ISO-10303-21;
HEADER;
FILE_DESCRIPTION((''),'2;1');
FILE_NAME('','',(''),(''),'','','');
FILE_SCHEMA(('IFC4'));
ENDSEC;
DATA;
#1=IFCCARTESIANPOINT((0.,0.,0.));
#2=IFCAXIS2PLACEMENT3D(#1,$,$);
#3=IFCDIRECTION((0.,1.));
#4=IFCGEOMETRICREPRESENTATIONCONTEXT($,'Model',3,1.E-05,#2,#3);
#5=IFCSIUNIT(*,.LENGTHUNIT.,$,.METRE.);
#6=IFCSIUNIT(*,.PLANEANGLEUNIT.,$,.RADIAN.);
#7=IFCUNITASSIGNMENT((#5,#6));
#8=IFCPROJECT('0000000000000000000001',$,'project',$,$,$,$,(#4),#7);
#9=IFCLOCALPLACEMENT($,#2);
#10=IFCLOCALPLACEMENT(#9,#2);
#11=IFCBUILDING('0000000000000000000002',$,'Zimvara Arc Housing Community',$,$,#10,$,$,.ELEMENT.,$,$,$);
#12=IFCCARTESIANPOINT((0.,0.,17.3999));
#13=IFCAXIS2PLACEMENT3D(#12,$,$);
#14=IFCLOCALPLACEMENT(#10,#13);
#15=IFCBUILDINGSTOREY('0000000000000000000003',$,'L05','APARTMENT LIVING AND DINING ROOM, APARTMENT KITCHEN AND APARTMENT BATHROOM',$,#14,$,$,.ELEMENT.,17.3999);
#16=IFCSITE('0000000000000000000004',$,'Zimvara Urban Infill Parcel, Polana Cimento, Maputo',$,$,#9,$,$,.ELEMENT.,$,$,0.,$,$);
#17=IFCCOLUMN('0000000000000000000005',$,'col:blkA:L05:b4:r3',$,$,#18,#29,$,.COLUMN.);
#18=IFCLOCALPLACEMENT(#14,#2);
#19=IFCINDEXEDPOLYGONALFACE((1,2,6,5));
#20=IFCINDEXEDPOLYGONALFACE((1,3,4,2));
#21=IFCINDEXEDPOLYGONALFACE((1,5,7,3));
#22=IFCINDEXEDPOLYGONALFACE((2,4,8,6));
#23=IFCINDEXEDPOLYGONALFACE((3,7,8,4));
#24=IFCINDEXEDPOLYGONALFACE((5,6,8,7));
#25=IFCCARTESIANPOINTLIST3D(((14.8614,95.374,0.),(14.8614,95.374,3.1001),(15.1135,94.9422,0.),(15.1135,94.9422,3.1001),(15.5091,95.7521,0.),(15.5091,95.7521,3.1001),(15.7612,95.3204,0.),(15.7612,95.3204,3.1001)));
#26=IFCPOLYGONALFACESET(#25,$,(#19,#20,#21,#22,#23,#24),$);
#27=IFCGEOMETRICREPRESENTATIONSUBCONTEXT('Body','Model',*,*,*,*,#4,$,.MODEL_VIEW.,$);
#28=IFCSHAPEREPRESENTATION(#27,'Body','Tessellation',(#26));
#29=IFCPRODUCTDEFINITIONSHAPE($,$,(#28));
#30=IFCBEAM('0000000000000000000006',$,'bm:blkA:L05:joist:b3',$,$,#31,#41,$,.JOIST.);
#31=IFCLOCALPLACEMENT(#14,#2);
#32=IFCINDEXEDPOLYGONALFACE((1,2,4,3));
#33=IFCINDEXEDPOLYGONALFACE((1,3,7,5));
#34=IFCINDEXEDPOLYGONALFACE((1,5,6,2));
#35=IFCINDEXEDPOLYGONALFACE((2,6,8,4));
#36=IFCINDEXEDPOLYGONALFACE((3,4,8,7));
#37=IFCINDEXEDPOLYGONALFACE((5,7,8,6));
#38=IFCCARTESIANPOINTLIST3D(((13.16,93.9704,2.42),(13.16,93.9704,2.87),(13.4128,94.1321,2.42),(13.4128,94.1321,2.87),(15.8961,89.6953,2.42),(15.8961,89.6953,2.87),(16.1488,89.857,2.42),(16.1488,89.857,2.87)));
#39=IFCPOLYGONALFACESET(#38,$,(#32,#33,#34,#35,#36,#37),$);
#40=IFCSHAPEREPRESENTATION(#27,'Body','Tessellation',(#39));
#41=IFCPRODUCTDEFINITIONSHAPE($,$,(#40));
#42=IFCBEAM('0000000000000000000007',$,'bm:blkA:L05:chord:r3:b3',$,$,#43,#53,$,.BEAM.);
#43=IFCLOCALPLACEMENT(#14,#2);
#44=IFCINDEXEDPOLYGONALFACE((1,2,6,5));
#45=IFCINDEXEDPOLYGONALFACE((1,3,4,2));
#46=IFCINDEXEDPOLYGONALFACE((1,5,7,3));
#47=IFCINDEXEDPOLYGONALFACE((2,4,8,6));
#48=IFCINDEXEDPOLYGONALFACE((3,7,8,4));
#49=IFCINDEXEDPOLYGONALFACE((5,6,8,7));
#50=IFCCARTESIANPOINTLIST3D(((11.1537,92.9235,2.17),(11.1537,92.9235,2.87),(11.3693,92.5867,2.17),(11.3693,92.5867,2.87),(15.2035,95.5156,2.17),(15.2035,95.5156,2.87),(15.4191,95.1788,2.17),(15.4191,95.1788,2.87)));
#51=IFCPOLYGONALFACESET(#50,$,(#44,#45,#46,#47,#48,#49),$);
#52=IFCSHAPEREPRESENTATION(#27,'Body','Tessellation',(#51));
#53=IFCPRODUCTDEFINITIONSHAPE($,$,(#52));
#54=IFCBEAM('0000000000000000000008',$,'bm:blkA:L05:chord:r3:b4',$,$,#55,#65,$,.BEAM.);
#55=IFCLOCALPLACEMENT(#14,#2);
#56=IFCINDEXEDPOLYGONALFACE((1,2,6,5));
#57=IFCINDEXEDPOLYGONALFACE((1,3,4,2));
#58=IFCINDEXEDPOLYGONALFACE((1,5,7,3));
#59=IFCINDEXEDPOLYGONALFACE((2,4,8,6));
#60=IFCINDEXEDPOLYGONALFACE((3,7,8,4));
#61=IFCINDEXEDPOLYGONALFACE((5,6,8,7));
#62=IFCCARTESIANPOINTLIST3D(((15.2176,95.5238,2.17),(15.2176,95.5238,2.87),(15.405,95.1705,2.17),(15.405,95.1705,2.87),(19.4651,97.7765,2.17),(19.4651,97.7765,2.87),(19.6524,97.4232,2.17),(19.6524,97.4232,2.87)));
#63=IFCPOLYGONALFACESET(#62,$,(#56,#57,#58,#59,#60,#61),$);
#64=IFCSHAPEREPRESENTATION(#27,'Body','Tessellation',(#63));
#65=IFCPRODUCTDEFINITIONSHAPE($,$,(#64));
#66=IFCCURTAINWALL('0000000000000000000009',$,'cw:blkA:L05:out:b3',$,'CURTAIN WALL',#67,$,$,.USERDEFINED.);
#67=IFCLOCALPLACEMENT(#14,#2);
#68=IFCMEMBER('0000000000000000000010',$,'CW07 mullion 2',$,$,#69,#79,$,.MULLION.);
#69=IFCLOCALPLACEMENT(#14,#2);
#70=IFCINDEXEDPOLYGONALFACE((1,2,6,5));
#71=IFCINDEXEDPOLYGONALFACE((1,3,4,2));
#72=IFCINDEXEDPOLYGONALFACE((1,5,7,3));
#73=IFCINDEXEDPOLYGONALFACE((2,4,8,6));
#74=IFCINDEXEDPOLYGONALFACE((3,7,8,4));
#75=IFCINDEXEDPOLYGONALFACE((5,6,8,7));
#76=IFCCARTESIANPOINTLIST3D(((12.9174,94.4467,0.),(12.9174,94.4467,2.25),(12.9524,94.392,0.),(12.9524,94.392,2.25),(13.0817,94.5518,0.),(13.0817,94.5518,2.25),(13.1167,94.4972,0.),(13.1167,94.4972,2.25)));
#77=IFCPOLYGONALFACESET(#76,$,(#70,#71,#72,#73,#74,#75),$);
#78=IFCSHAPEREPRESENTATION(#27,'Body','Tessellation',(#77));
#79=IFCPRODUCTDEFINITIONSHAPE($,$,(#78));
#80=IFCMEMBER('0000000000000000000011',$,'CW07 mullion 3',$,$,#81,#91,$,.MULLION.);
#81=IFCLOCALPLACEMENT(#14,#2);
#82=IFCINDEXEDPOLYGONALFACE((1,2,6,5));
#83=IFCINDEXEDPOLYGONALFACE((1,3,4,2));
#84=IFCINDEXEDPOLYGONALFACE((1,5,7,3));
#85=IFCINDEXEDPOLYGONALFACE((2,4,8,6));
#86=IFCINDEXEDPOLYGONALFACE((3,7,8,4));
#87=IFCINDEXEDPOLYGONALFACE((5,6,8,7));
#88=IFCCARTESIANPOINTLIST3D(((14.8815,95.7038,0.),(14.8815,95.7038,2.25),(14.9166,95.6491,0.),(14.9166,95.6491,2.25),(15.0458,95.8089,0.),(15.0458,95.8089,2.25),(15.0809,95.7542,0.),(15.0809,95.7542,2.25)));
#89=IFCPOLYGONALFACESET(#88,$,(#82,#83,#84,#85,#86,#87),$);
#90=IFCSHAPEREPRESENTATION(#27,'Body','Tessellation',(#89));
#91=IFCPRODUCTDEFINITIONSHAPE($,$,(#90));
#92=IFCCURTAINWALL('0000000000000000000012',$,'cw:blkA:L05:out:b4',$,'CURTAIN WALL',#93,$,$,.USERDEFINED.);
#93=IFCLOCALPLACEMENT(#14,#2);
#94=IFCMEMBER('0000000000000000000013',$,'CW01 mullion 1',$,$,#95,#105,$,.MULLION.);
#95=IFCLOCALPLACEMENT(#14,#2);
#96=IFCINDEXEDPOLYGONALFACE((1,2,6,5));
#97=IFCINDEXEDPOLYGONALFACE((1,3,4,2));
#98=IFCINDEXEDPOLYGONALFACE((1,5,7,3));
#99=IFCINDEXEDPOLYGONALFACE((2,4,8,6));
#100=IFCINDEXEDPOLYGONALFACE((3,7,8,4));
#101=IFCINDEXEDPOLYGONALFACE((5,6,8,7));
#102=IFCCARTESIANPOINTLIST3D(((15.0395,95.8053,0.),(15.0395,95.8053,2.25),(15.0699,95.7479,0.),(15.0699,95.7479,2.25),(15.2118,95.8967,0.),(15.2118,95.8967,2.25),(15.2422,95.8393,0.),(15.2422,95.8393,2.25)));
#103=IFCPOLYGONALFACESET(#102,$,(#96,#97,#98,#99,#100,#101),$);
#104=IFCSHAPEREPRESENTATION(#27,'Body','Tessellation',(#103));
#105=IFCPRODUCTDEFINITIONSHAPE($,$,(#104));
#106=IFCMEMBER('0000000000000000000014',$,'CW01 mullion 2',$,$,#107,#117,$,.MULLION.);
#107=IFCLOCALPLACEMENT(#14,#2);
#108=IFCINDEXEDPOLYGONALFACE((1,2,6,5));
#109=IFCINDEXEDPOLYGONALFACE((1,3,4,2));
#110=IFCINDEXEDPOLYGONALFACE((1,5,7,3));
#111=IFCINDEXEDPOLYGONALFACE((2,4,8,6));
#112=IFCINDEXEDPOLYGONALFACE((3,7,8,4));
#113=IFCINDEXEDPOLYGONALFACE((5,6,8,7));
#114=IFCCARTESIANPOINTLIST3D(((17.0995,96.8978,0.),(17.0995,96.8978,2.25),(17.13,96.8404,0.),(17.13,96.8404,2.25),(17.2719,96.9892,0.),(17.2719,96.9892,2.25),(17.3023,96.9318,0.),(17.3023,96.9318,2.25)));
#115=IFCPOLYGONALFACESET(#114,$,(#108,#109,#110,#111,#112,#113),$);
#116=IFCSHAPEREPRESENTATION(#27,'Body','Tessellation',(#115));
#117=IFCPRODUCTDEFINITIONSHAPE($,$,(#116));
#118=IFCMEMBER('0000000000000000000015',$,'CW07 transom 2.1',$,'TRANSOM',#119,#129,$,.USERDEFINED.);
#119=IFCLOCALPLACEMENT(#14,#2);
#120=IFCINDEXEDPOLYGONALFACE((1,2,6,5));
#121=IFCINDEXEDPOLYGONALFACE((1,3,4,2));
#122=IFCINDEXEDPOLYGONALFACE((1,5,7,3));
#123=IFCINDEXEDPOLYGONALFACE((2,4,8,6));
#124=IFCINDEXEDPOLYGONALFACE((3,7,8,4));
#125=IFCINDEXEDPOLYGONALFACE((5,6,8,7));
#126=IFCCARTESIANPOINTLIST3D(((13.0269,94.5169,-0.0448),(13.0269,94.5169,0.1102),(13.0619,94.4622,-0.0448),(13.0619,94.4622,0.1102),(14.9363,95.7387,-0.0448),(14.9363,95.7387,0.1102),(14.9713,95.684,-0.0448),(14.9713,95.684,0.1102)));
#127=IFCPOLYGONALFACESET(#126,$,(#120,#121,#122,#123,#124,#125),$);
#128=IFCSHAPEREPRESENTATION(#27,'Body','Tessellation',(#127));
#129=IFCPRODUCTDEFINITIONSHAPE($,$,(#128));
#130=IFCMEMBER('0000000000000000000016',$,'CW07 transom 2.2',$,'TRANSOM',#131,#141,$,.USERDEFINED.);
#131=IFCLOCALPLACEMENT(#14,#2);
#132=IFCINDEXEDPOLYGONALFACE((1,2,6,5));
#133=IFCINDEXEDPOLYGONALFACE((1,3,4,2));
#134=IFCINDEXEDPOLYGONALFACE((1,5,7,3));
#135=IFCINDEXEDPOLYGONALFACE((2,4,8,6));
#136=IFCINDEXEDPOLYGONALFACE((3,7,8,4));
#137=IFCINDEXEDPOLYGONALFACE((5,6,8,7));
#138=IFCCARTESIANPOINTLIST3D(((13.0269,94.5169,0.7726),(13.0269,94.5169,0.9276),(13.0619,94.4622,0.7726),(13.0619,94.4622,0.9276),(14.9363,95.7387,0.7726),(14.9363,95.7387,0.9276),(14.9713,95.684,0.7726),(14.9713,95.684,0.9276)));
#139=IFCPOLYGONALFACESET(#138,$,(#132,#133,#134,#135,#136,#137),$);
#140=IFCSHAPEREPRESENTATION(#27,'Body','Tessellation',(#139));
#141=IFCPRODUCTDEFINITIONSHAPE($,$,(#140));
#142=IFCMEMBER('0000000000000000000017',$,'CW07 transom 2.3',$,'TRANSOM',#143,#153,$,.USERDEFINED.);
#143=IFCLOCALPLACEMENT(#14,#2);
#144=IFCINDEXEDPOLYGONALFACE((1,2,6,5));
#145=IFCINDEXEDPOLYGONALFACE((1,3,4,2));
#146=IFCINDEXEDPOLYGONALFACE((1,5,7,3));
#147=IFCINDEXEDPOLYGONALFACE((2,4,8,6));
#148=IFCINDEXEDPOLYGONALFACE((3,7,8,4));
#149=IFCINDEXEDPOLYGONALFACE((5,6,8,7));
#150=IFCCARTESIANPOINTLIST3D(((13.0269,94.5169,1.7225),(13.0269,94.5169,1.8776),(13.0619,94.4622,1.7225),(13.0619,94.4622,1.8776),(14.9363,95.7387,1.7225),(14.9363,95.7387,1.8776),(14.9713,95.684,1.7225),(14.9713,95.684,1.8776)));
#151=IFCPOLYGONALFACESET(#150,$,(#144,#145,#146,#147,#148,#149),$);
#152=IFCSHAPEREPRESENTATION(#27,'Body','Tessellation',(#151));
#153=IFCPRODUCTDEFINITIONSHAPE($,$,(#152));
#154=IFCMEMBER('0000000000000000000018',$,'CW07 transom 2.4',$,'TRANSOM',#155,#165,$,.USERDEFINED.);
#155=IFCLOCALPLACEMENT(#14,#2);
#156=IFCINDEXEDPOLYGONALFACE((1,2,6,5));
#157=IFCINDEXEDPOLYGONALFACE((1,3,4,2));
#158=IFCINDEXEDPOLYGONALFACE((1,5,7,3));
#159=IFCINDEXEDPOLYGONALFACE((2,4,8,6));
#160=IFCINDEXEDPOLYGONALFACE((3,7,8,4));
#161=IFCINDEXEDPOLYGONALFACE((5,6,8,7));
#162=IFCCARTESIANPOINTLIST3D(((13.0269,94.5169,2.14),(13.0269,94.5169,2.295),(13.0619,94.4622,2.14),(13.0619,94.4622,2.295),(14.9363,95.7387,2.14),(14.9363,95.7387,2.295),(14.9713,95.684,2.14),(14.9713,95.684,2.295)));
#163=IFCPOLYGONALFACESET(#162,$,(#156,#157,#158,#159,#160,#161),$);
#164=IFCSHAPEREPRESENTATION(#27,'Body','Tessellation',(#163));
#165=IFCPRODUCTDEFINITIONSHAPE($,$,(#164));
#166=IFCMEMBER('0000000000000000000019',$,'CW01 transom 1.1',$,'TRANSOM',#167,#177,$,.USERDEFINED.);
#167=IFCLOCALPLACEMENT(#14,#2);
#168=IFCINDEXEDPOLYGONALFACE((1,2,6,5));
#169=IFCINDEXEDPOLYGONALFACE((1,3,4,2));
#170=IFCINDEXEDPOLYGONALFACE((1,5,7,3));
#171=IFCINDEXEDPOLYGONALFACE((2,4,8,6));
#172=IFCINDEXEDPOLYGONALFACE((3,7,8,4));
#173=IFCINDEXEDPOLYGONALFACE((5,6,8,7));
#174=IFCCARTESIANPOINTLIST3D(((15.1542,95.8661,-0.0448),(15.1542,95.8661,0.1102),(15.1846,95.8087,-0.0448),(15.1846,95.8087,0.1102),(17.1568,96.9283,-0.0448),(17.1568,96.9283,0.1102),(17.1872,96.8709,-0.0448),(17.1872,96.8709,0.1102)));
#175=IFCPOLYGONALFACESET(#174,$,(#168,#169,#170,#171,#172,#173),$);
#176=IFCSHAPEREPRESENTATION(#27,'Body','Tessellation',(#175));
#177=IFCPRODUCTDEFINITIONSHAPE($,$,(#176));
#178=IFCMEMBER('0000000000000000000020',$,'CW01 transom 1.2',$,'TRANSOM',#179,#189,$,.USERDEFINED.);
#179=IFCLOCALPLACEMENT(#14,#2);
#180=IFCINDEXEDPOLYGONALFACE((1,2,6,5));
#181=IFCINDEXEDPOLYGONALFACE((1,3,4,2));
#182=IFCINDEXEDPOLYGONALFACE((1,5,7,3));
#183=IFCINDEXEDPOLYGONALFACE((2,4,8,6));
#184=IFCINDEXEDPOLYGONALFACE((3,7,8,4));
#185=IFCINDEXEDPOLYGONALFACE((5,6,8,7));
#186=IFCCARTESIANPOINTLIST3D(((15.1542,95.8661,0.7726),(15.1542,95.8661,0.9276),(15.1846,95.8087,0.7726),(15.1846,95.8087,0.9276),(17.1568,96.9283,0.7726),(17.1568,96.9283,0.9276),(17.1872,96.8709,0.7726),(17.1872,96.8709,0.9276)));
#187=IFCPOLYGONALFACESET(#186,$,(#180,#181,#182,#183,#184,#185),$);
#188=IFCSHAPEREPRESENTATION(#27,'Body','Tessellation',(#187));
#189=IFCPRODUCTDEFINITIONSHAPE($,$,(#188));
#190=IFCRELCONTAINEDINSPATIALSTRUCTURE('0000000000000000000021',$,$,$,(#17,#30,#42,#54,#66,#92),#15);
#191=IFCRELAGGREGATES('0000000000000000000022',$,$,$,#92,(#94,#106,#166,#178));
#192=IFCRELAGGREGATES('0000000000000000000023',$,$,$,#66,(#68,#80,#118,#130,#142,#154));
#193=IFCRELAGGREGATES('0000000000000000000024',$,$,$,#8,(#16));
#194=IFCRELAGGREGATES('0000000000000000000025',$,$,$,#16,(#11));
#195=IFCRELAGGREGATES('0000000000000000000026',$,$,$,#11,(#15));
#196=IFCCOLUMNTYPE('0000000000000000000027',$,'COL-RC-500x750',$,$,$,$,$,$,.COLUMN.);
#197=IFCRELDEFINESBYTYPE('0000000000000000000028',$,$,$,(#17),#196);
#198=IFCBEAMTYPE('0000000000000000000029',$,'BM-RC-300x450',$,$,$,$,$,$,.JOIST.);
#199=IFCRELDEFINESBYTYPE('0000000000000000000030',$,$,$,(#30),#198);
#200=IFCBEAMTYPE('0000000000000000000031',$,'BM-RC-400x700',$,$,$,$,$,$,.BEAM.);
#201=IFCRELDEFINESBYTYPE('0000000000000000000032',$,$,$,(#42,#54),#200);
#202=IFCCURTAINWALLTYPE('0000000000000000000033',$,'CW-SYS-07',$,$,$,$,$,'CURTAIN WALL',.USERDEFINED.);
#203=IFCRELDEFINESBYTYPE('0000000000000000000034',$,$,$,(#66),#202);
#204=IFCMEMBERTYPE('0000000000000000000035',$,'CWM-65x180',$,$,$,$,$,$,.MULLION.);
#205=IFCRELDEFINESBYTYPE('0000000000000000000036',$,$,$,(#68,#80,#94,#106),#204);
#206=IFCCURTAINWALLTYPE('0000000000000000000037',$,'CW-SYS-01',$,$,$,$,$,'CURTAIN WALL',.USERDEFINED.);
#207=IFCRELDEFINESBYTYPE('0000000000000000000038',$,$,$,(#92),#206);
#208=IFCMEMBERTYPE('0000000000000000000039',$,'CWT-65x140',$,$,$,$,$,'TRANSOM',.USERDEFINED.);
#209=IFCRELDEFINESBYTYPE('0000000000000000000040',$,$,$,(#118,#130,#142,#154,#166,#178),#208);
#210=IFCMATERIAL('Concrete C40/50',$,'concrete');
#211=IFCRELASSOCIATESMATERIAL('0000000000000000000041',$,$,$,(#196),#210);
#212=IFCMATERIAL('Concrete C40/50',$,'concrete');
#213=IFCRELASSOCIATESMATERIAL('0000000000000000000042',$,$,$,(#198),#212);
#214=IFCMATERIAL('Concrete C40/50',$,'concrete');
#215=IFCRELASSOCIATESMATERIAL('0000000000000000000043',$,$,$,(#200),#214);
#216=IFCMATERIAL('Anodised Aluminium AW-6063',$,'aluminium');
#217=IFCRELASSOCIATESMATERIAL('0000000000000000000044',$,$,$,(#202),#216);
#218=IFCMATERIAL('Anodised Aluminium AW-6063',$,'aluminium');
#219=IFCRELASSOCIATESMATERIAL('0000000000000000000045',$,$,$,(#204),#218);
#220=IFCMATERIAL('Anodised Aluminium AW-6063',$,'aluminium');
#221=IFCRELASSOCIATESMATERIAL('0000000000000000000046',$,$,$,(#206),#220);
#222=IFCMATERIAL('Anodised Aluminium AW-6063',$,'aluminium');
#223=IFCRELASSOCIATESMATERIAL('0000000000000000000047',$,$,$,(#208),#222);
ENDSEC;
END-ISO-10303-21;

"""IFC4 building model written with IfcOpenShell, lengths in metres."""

from ifc_helpers import new_model, si_unit, direction, frame, origin, origin_2d, place, context, subcontext, project, spatial, rectangle, extrude, material, material_profile, profile_set, type_object, element, aggregate, save


model = new_model("IFC4")

# Units and contexts
model_context = context("Model", 3, precision=1e-05, world=origin(), true_north=direction((0.0, 1.0)))
body_context = subcontext(model_context, "Body", "Model", "MODEL_VIEW")
ifc_project = project(units=[si_unit("LENGTHUNIT", "METRE"), si_unit("PLANEANGLEUNIT", "RADIAN")], contexts=[model_context])

# Site, building, storey
site_placement = place(None, origin())
site = spatial("IfcSite", under=ifc_project, at=site_placement, Name="Zimvara Urban Infill Parcel, Polana Cimento, Maputo", CompositionType="ELEMENT", RefElevation=0.0)
building_placement = place(site_placement, origin())
building = spatial("IfcBuilding", under=site, at=building_placement, Name="Zimvara Arc Housing Community", CompositionType="ELEMENT")
storey_placement = place(building_placement, frame((0.0, 0.0, 17.3999)))
storey = spatial("IfcBuildingStorey", under=building, at=storey_placement, Name="L05", Description="APARTMENT LIVING AND DINING ROOM, APARTMENT KITCHEN AND APARTMENT BATHROOM", CompositionType="ELEMENT", Elevation=17.3999)

# Column
ifc_material_1 = material(Name="Concrete C40/50", Category="concrete")
ifc_material_profile_1 = material_profile(ifc_material_1, rectangle(XDim=0.5, YDim=0.75, at=origin_2d()), Name="RC 500x750")
ifc_profile_set_1 = profile_set([ifc_material_profile_1], Name="Concrete C40/50")
column_type = type_object("IfcColumnType", Name="COL-RC-500x750", PredefinedType="COLUMN", material=ifc_profile_set_1)
column_placement = place(storey_placement, frame((15.3113, 95.3472, 0.0), z_axis=(0.0, 0.0, 1.0), x_axis=(-0.504226, 0.863572, 0.0)))
element("IfcColumn", 1, at=column_placement, inside=storey, type_object=column_type, Name="col:blkA:L05:b4:r3", PredefinedType="COLUMN", context=body_context, shape_type="SweptSolid", body=[
    extrude(rectangle(XDim=0.5, YDim=0.75, at=origin_2d()), origin(), (0.0, 0.0, 1.0), 3.1001),
])

# Beams
ifc_material_2 = material(Name="Concrete C40/50", Category="concrete")
ifc_material_profile_2 = material_profile(ifc_material_2, rectangle(XDim=0.3, YDim=0.45, at=origin_2d()), Name="RC 300x450")
ifc_profile_set_2 = profile_set([ifc_material_profile_2], Name="Concrete C40/50")
beam_type_1 = type_object("IfcBeamType", Name="BM-RC-300x450", PredefinedType="JOIST", material=ifc_profile_set_2)
beam_1_placement = place(storey_placement, frame((16.0225, 89.7761, 2.645), z_axis=(-0.539052, 0.842272, 0.0), x_axis=(-0.842272, -0.539052, 0.0)))
element("IfcBeam", 2, at=beam_1_placement, inside=storey, type_object=beam_type_1, Name="bm:blkA:L05:joist:b3", PredefinedType="JOIST", context=body_context, shape_type="SweptSolid", body=[
    extrude(rectangle(XDim=0.3, YDim=0.45, at=origin_2d()), origin(), (0.0, 0.0, 1.0), 5.0757),
])
ifc_material_3 = material(Name="Concrete C40/50", Category="concrete")
ifc_material_profile_3 = material_profile(ifc_material_3, rectangle(XDim=0.3999, YDim=0.7, at=origin_2d()), Name="RC 400x700")
ifc_profile_set_3 = profile_set([ifc_material_profile_3], Name="Concrete C40/50")
beam_type_2 = type_object("IfcBeamType", Name="BM-RC-400x700", PredefinedType="BEAM", material=ifc_profile_set_3)
beam_2_placement = place(storey_placement, frame((11.2615, 92.7551, 2.52), z_axis=(0.842256, 0.539078, 0.0), x_axis=(-0.539078, 0.842256, 0.0)))
element("IfcBeam", 3, at=beam_2_placement, inside=storey, type_object=beam_type_2, Name="bm:blkA:L05:chord:r3:b3", PredefinedType="BEAM", context=body_context, shape_type="SweptSolid", body=[
    extrude(rectangle(XDim=0.3999, YDim=0.7, at=origin_2d()), origin(), (0.0, 0.0, 1.0), 4.8083),
])
beam_3_placement = place(storey_placement, frame((15.3113, 95.3472, 2.52), z_axis=(0.883446, 0.468534, 0.0), x_axis=(-0.468534, 0.883446, 0.0)))
element("IfcBeam", 4, at=beam_3_placement, inside=storey, type_object=beam_type_2, Name="bm:blkA:L05:chord:r3:b4", PredefinedType="BEAM", context=body_context, shape_type="SweptSolid", body=[
    extrude(rectangle(XDim=0.3999, YDim=0.7, at=origin_2d()), origin(), (0.0, 0.0, 1.0), 4.8079),
])

# Curtain walls, members
ifc_material_4 = material(Name="Anodised Aluminium AW-6063", Category="aluminium")
curtain_wall_type_1 = type_object("IfcCurtainWallType", Name="CW-SYS-07", ElementType="CURTAIN WALL", PredefinedType="USERDEFINED", material=ifc_material_4)
curtain_wall_1_placement = place(storey_placement, origin())
curtain_wall_1 = element("IfcCurtainWall", 5, at=curtain_wall_1_placement, inside=storey, type_object=curtain_wall_type_1, Name="cw:blkA:L05:out:b3", ObjectType="CURTAIN WALL", PredefinedType="USERDEFINED")
ifc_material_5 = material(Name="Anodised Aluminium AW-6063", Category="aluminium")
ifc_material_profile_4 = material_profile(ifc_material_5, rectangle(XDim=0.0649, YDim=0.1951, at=origin_2d()), Name="ALU 65x195")
ifc_profile_set_4 = profile_set([ifc_material_profile_4], Name="Anodised Aluminium AW-6063")
member_type_1 = type_object("IfcMemberType", Name="CWM-65x180", PredefinedType="MULLION", material=ifc_profile_set_4)
member_1_placement = place(storey_placement, frame((13.0171, 94.4719, 0.0), z_axis=(0.0, 0.0, 1.0), x_axis=(-0.539065, 0.842264, 0.0)))
member_1 = element("IfcMember", 6, at=member_1_placement, type_object=member_type_1, Name="CW07 mullion 2", PredefinedType="MULLION", context=body_context, shape_type="SweptSolid", body=[
    extrude(rectangle(XDim=0.0649, YDim=0.1951, at=origin_2d()), origin(), (0.0, 0.0, 1.0), 2.25),
])
member_2_placement = place(storey_placement, frame((14.9812, 95.729, 0.0), z_axis=(0.0, 0.0, 1.0), x_axis=(-0.539065, 0.842264, 0.0)))
member_2 = element("IfcMember", 7, at=member_2_placement, type_object=member_type_1, Name="CW07 mullion 3", PredefinedType="MULLION", context=body_context, shape_type="SweptSolid", body=[
    extrude(rectangle(XDim=0.0649, YDim=0.1951, at=origin_2d()), origin(), (0.0, 0.0, 1.0), 2.25),
])
ifc_material_6 = material(Name="Anodised Aluminium AW-6063", Category="aluminium")
curtain_wall_type_2 = type_object("IfcCurtainWallType", Name="CW-SYS-01", ElementType="CURTAIN WALL", PredefinedType="USERDEFINED", material=ifc_material_6)
curtain_wall_2_placement = place(storey_placement, origin())
curtain_wall_2 = element("IfcCurtainWall", 8, at=curtain_wall_2_placement, inside=storey, type_object=curtain_wall_type_2, Name="cw:blkA:L05:out:b4", ObjectType="CURTAIN WALL", PredefinedType="USERDEFINED")
member_3_placement = place(storey_placement, frame((15.1409, 95.8223, 0.0), z_axis=(0.0, 0.0, 1.0), x_axis=(-0.468547, 0.883439, 0.0)))
member_3 = element("IfcMember", 9, at=member_3_placement, type_object=member_type_1, Name="CW01 mullion 1", PredefinedType="MULLION", context=body_context, shape_type="SweptSolid", body=[
    extrude(rectangle(XDim=0.0649, YDim=0.1951, at=origin_2d()), origin(), (0.0, 0.0, 1.0), 2.25),
])
member_4_placement = place(storey_placement, frame((17.2009, 96.9148, 0.0), z_axis=(0.0, 0.0, 1.0), x_axis=(-0.468547, 0.883439, 0.0)))
member_4 = element("IfcMember", 10, at=member_4_placement, type_object=member_type_1, Name="CW01 mullion 2", PredefinedType="MULLION", context=body_context, shape_type="SweptSolid", body=[
    extrude(rectangle(XDim=0.0649, YDim=0.1951, at=origin_2d()), origin(), (0.0, 0.0, 1.0), 2.25),
])

# Members
ifc_material_7 = material(Name="Anodised Aluminium AW-6063", Category="aluminium")
ifc_material_profile_5 = material_profile(ifc_material_7, rectangle(XDim=0.0649, YDim=0.155, at=origin_2d()), Name="ALU 65x155")
ifc_profile_set_5 = profile_set([ifc_material_profile_5], Name="Anodised Aluminium AW-6063")
member_type_2 = type_object("IfcMemberType", Name="CWT-65x140", ElementType="TRANSOM", PredefinedType="USERDEFINED", material=ifc_profile_set_5)
member_5_placement = place(storey_placement, frame((13.0444, 94.4895, 0.0327), z_axis=(0.842293, 0.53902, 0.0), x_axis=(-0.53902, 0.842293, 0.0)))
member_5 = element("IfcMember", 11, at=member_5_placement, type_object=member_type_2, Name="CW07 transom 2.1", ObjectType="TRANSOM", PredefinedType="USERDEFINED", context=body_context, shape_type="SweptSolid", body=[
    extrude(rectangle(XDim=0.0649, YDim=0.155, at=origin_2d()), origin(), (0.0, 0.0, 1.0), 2.2668),
])
member_6_placement = place(storey_placement, frame((13.0444, 94.4895, 0.8501), z_axis=(0.842293, 0.53902, 0.0), x_axis=(-0.53902, 0.842293, 0.0)))
member_6 = element("IfcMember", 12, at=member_6_placement, type_object=member_type_2, Name="CW07 transom 2.2", ObjectType="TRANSOM", PredefinedType="USERDEFINED", context=body_context, shape_type="SweptSolid", body=[
    extrude(rectangle(XDim=0.0649, YDim=0.155, at=origin_2d()), origin(), (0.0, 0.0, 1.0), 2.2668),
])
member_7_placement = place(storey_placement, frame((13.0444, 94.4895, 1.8), z_axis=(0.842293, 0.53902, 0.0), x_axis=(-0.53902, 0.842293, 0.0)))
member_7 = element("IfcMember", 13, at=member_7_placement, type_object=member_type_2, Name="CW07 transom 2.3", ObjectType="TRANSOM", PredefinedType="USERDEFINED", context=body_context, shape_type="SweptSolid", body=[
    extrude(rectangle(XDim=0.0649, YDim=0.155, at=origin_2d()), origin(), (0.0, 0.0, 1.0), 2.2668),
])
member_8_placement = place(storey_placement, frame((13.0444, 94.4895, 2.2175), z_axis=(0.842293, 0.53902, 0.0), x_axis=(-0.53902, 0.842293, 0.0)))
member_8 = element("IfcMember", 14, at=member_8_placement, type_object=member_type_2, Name="CW07 transom 2.4", ObjectType="TRANSOM", PredefinedType="USERDEFINED", context=body_context, shape_type="SweptSolid", body=[
    extrude(rectangle(XDim=0.0649, YDim=0.155, at=origin_2d()), origin(), (0.0, 0.0, 1.0), 2.2668),
])
member_9_placement = place(storey_placement, frame((15.1694, 95.8374, 0.0327), z_axis=(0.883421, 0.46858, 0.0), x_axis=(-0.46858, 0.883421, 0.0)))
member_9 = element("IfcMember", 15, at=member_9_placement, type_object=member_type_2, Name="CW01 transom 1.1", ObjectType="TRANSOM", PredefinedType="USERDEFINED", context=body_context, shape_type="SweptSolid", body=[
    extrude(rectangle(XDim=0.0649, YDim=0.155, at=origin_2d()), origin(), (0.0, 0.0, 1.0), 2.2668),
])
member_10_placement = place(storey_placement, frame((15.1694, 95.8374, 0.8501), z_axis=(0.883421, 0.46858, 0.0), x_axis=(-0.46858, 0.883421, 0.0)))
member_10 = element("IfcMember", 16, at=member_10_placement, type_object=member_type_2, Name="CW01 transom 1.2", ObjectType="TRANSOM", PredefinedType="USERDEFINED", context=body_context, shape_type="SweptSolid", body=[
    extrude(rectangle(XDim=0.0649, YDim=0.155, at=origin_2d()), origin(), (0.0, 0.0, 1.0), 2.2668),
])

aggregate(curtain_wall_2, [member_3, member_4, member_9, member_10])
aggregate(curtain_wall_1, [member_1, member_2, member_5, member_6, member_7, member_8])

save(model, "model.ifc")
